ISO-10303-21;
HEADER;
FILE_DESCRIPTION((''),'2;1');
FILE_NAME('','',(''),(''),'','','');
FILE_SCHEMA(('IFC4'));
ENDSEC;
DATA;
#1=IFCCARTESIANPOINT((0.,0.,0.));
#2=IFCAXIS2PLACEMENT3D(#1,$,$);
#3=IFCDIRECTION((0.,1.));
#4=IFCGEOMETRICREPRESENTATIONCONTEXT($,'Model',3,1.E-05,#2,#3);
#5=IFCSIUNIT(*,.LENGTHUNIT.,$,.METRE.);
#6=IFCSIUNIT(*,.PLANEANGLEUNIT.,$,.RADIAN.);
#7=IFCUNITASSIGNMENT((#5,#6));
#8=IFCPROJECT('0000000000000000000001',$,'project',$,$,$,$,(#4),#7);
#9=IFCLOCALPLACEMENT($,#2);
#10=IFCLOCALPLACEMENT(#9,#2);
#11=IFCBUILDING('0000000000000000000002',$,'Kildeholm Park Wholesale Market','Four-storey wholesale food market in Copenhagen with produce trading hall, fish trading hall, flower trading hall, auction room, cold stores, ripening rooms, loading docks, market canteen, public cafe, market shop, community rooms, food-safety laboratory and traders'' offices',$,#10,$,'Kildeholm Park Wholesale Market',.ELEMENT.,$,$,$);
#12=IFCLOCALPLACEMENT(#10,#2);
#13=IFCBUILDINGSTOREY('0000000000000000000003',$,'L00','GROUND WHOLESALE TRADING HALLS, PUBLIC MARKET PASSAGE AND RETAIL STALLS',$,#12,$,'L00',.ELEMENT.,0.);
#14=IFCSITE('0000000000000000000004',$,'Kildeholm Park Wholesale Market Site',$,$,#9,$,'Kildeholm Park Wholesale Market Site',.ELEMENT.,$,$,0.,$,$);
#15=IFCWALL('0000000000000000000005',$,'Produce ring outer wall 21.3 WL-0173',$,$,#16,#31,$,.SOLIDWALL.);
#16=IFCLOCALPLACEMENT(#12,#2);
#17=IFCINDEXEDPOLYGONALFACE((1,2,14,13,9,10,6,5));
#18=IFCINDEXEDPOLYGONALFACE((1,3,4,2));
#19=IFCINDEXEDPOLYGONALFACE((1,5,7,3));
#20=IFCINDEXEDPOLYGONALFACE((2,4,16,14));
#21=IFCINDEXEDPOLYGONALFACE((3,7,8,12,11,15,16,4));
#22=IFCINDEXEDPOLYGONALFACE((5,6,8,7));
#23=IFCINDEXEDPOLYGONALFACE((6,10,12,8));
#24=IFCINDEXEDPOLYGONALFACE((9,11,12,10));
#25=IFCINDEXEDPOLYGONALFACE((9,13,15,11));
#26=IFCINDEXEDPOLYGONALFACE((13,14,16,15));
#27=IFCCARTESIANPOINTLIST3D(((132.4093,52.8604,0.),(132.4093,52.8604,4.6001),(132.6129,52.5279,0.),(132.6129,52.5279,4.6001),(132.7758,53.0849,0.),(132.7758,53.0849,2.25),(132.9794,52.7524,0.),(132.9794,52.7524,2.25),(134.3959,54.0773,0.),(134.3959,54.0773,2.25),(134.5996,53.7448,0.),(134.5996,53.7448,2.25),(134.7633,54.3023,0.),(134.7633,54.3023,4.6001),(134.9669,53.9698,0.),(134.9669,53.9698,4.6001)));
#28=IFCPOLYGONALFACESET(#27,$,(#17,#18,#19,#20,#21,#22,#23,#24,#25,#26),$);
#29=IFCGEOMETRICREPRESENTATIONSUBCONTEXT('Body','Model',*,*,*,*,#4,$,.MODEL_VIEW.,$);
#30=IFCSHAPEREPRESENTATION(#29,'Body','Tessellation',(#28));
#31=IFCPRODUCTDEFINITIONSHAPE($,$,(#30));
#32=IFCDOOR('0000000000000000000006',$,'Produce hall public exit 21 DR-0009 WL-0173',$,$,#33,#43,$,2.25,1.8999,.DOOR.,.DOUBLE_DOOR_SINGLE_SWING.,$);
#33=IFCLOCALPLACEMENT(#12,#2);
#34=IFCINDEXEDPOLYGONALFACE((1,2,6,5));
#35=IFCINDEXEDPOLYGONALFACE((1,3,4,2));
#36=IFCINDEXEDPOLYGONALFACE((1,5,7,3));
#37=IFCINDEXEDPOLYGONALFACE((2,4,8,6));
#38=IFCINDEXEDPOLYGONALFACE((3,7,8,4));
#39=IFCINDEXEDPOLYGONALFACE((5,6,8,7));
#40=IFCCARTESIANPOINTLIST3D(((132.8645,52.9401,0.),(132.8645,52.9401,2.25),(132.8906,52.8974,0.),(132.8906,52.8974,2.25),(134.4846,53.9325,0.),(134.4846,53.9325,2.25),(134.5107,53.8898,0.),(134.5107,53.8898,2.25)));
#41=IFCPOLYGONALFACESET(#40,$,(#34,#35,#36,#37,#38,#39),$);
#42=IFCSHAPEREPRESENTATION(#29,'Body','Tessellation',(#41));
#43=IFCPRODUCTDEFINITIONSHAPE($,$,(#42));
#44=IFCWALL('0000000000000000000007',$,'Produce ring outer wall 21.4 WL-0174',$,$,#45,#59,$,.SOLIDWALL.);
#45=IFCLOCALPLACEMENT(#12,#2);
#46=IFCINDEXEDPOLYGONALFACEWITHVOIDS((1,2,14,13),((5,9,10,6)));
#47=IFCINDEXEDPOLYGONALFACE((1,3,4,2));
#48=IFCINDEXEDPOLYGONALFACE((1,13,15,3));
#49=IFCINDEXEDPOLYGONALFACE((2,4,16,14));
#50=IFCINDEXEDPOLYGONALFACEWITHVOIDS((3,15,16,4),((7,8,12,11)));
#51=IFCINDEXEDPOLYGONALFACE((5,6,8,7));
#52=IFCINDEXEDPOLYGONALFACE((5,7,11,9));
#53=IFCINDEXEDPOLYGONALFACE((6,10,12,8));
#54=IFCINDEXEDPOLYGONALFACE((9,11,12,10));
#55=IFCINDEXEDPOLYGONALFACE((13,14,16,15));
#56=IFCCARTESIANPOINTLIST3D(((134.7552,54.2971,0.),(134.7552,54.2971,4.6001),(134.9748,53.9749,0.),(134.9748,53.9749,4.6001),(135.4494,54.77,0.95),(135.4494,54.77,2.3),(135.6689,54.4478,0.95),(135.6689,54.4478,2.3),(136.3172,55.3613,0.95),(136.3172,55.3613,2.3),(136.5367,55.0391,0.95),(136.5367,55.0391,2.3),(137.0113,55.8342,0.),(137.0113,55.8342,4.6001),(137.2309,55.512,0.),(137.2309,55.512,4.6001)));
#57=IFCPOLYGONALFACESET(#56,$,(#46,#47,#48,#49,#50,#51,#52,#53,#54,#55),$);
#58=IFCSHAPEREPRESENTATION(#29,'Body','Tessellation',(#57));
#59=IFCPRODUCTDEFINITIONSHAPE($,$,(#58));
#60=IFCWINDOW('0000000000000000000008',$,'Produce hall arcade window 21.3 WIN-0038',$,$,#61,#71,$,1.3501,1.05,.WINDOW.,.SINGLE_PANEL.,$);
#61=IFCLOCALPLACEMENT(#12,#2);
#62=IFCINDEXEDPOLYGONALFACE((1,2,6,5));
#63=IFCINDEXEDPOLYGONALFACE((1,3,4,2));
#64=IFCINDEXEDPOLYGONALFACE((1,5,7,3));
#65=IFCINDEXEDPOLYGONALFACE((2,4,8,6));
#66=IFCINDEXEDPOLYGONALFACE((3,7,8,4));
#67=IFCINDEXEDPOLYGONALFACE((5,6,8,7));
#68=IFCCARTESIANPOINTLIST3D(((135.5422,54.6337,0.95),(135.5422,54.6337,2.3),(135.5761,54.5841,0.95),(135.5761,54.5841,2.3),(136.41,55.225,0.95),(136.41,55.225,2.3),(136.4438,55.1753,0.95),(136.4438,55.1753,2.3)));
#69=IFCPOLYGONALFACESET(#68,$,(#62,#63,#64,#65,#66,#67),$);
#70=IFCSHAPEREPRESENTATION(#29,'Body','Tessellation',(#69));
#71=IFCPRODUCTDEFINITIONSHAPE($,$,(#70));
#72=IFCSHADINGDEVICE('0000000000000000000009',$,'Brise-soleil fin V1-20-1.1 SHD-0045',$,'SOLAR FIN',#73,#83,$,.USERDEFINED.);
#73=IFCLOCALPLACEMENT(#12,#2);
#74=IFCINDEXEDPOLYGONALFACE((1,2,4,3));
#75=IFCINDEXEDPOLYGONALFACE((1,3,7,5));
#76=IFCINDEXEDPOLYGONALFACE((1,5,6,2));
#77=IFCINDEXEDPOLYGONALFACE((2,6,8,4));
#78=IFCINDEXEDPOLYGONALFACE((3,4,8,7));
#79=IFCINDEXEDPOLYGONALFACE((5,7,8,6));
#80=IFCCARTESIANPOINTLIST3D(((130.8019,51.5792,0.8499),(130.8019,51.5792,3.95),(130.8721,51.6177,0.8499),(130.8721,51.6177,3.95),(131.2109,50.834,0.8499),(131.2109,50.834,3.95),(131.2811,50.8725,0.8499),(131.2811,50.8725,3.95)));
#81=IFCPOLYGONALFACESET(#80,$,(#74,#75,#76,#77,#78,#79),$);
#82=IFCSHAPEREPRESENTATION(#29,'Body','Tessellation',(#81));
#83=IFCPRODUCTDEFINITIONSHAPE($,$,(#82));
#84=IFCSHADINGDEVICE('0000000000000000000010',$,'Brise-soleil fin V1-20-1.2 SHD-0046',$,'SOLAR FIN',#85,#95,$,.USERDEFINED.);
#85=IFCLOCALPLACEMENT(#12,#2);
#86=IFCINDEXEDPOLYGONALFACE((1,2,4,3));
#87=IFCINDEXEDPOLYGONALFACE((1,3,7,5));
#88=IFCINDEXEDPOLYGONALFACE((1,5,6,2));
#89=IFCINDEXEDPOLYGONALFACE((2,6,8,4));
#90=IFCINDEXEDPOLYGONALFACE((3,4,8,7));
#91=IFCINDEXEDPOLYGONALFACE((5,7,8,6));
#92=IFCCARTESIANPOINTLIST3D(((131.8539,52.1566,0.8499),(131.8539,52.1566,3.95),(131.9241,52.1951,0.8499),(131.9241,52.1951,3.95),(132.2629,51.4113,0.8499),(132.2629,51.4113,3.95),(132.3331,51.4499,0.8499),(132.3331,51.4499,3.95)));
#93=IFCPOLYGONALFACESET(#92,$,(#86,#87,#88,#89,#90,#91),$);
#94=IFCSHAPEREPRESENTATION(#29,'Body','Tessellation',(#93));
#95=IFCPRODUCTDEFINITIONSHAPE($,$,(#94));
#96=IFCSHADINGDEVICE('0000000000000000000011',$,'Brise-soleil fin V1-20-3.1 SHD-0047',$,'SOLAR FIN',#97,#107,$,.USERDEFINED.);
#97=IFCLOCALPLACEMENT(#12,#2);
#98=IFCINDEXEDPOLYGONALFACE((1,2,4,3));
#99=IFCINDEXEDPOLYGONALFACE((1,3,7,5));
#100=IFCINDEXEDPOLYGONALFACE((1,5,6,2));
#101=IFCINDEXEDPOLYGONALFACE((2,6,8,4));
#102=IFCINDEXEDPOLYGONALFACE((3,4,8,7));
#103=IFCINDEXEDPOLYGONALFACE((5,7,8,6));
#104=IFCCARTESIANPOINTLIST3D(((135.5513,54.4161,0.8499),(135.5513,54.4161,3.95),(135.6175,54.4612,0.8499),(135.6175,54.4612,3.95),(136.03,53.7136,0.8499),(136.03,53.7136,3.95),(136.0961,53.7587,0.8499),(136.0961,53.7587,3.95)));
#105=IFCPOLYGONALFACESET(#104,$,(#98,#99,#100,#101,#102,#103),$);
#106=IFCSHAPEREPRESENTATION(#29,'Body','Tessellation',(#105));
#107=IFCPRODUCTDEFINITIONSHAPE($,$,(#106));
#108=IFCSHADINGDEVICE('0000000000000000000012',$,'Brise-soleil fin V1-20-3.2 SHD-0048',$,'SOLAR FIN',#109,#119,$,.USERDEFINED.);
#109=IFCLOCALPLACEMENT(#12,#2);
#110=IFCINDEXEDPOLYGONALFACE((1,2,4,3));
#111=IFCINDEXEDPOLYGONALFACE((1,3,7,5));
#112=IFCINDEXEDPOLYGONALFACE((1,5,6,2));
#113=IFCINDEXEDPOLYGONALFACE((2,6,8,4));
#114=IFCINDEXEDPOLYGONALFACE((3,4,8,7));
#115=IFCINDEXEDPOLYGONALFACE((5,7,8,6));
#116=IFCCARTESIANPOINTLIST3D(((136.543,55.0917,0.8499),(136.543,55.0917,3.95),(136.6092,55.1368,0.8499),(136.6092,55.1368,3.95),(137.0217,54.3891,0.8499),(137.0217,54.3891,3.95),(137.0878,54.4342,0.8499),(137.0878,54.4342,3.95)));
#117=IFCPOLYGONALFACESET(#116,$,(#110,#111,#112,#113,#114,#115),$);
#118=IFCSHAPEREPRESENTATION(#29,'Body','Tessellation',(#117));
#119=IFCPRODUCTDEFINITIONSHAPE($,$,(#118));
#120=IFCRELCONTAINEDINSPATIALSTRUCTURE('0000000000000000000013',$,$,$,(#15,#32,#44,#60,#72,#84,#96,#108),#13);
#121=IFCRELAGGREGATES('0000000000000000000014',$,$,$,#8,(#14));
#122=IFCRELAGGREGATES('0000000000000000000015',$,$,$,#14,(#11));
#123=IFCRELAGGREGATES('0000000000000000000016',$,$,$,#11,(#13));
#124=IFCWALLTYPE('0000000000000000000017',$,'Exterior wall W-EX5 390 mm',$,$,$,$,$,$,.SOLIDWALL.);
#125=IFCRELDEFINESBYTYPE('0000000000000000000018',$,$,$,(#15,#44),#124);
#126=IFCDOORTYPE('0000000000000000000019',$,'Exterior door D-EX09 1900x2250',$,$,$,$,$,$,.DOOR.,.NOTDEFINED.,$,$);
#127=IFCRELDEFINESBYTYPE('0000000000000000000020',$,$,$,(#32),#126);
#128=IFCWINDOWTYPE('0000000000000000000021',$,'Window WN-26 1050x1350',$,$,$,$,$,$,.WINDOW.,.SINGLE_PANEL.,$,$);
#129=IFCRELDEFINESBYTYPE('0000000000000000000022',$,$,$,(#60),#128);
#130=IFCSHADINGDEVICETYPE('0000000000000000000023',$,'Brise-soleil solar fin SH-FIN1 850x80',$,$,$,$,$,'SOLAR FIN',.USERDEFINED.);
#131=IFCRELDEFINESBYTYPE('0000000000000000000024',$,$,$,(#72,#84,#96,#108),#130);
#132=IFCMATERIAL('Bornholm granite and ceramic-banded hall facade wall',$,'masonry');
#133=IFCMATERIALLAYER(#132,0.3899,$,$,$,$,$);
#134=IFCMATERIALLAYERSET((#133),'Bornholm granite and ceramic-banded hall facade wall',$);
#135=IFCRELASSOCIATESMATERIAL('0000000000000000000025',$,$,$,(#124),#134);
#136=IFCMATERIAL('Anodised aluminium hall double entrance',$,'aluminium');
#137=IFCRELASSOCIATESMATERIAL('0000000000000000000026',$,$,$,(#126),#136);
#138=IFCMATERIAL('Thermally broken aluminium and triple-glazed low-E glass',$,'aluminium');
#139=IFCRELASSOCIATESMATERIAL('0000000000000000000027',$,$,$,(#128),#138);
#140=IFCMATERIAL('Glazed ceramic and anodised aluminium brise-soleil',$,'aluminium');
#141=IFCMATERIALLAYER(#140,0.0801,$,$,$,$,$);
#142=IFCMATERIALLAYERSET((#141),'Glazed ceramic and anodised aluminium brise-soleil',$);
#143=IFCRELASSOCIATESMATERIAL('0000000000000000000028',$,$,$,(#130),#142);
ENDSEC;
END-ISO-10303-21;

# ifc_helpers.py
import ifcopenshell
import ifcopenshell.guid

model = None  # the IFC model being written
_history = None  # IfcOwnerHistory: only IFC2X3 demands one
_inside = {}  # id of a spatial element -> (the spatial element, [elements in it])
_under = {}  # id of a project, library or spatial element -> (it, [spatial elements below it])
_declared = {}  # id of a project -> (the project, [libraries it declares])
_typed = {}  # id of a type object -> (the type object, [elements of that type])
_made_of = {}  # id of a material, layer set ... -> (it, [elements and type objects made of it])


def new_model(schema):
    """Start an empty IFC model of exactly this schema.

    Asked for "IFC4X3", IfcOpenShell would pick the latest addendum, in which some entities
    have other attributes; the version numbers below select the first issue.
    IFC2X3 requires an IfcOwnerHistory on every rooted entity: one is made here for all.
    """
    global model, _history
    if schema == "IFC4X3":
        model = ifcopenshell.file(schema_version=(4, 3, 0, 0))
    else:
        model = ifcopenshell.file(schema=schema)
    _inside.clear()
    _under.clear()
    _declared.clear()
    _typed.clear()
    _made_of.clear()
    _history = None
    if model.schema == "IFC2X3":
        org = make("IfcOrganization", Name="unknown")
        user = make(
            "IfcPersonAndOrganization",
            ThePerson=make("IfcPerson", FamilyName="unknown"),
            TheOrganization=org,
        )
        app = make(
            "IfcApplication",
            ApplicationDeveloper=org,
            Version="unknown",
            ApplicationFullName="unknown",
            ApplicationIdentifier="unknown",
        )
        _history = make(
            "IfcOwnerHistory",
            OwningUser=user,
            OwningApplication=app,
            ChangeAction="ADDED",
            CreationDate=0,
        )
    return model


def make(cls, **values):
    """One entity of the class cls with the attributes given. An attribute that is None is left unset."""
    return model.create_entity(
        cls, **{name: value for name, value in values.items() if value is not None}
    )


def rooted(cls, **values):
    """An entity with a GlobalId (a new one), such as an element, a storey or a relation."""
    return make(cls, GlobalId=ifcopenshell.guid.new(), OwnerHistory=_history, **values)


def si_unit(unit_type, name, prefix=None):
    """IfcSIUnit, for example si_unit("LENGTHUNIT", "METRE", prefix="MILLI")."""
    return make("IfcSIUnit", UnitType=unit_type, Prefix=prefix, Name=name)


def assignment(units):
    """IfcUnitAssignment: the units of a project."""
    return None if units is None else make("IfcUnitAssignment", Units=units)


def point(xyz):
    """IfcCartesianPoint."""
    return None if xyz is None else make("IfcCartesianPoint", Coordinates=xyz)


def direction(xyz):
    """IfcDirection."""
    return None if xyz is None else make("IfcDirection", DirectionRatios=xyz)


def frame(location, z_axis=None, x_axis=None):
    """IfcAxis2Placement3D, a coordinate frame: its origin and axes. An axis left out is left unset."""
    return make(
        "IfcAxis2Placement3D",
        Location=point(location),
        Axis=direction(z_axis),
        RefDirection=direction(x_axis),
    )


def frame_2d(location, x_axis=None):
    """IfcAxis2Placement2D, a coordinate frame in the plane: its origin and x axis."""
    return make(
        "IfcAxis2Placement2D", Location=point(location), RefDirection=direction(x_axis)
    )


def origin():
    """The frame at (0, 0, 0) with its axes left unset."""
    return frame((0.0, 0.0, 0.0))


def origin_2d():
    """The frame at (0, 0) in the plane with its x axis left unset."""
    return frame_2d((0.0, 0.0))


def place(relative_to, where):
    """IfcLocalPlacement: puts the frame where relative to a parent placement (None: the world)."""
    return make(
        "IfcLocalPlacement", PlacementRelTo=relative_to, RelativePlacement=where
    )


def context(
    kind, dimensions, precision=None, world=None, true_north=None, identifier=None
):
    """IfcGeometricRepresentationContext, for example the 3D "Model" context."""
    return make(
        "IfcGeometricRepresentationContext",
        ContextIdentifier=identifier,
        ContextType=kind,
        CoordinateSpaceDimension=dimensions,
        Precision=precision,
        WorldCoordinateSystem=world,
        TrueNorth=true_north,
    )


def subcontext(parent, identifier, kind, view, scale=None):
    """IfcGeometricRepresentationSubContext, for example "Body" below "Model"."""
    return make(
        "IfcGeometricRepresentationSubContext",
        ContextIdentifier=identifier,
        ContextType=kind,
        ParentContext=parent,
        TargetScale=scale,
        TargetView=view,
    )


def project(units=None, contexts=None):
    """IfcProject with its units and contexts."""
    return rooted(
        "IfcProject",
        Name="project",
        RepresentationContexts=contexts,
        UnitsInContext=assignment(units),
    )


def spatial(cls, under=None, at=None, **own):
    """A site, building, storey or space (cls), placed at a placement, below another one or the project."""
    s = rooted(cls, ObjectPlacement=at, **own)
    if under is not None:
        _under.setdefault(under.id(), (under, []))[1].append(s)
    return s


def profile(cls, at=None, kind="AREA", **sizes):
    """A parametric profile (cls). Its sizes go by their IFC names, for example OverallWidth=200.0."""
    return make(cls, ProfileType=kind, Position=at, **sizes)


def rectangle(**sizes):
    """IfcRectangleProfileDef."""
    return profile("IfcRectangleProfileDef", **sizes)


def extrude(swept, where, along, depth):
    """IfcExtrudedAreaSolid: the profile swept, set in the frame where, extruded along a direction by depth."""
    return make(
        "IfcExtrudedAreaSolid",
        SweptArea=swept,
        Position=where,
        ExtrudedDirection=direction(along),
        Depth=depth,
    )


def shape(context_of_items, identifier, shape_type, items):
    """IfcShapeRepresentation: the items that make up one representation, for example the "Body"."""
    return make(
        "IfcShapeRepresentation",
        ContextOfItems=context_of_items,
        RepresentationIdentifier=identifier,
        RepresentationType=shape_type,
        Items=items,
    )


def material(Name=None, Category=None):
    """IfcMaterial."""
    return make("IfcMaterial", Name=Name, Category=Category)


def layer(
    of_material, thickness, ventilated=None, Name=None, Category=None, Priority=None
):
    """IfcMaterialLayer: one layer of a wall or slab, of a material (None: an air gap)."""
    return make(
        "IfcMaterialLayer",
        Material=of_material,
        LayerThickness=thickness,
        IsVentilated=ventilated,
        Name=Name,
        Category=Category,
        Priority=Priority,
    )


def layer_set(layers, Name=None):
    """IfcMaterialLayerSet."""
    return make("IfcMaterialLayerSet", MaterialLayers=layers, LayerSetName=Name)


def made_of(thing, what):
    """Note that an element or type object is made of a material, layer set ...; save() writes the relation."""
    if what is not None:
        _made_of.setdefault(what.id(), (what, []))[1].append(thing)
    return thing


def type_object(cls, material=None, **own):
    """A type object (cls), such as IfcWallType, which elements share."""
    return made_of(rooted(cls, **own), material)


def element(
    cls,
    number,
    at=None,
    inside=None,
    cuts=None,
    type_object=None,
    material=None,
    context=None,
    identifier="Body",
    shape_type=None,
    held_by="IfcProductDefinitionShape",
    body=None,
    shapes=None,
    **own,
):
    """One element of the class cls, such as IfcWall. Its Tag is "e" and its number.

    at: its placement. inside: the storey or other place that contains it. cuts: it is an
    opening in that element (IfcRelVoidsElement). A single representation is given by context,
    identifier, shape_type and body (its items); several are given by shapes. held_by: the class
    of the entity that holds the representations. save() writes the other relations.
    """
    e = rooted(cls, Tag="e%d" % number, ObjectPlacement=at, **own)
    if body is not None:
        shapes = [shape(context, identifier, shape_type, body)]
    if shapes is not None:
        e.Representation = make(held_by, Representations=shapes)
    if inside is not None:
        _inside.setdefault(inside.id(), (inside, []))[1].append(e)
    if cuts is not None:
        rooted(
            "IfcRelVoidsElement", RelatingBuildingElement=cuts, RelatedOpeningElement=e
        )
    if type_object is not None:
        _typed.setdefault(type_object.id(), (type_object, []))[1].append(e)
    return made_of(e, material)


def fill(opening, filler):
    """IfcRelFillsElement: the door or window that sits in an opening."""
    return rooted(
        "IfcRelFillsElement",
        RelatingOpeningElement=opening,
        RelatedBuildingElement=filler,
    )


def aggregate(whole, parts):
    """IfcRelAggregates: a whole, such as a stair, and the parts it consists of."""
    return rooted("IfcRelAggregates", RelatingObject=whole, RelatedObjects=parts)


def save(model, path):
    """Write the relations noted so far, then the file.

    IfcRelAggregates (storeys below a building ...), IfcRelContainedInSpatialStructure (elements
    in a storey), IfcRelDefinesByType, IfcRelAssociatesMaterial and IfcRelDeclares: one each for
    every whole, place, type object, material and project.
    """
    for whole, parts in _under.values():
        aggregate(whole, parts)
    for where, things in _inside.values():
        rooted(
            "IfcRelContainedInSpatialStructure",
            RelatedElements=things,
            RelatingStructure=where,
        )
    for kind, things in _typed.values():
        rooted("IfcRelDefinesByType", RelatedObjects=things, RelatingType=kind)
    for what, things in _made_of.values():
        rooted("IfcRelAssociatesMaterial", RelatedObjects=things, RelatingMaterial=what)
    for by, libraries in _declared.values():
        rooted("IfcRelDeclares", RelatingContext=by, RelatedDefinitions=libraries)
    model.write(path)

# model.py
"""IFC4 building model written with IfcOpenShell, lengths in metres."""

from ifc_helpers import new_model, si_unit, direction, frame, frame_2d, origin, origin_2d, place, context, subcontext, project, spatial, rectangle, extrude, material, layer, layer_set, type_object, element, fill, save


model = new_model("IFC4")

# Units and contexts
model_context = context("Model", 3, precision=1e-05, world=origin(), true_north=direction((0.0, 1.0)))
body_context = subcontext(model_context, "Body", "Model", "MODEL_VIEW")
ifc_project = project(units=[si_unit("LENGTHUNIT", "METRE"), si_unit("PLANEANGLEUNIT", "RADIAN")], contexts=[model_context])

# Site, building, storey
site_placement = place(None, origin())
site = spatial("IfcSite", under=ifc_project, at=site_placement, Name="Kildeholm Park Wholesale Market Site", LongName="Kildeholm Park Wholesale Market Site", CompositionType="ELEMENT", RefElevation=0.0)
building_placement = place(site_placement, origin())
building = spatial("IfcBuilding", under=site, at=building_placement, Name="Kildeholm Park Wholesale Market", Description="Four-storey wholesale food market in Copenhagen with produce trading hall, fish trading hall, flower trading hall, auction room, cold stores, ripening rooms, loading docks, market canteen, public cafe, market shop, community rooms, food-safety laboratory and traders' offices", LongName="Kildeholm Park Wholesale Market", CompositionType="ELEMENT")
storey_placement = place(building_placement, origin())
storey = spatial("IfcBuildingStorey", under=building, at=storey_placement, Name="L00", Description="GROUND WHOLESALE TRADING HALLS, PUBLIC MARKET PASSAGE AND RETAIL STALLS", LongName="L00", CompositionType="ELEMENT", Elevation=0.0)

# Wall, opening, door
ifc_material_1 = material(Name="Bornholm granite and ceramic-banded hall facade wall", Category="masonry")
ifc_layer_1 = layer(ifc_material_1, 0.3899)
ifc_layer_set_1 = layer_set([ifc_layer_1], Name="Bornholm granite and ceramic-banded hall facade wall")
wall_type = type_object("IfcWallType", Name="Exterior wall W-EX5 390 mm", PredefinedType="SOLIDWALL", material=ifc_layer_set_1)
wall_1_placement = place(storey_placement, frame((132.511, 52.6941, 0.0), z_axis=(0.0, 0.0, 1.0), x_axis=(0.852744, 0.52233, 0.0)))
wall_1 = element("IfcWall", 1, at=wall_1_placement, inside=storey, type_object=wall_type, Name="Produce ring outer wall 21.3 WL-0173", PredefinedType="SOLIDWALL", context=body_context, shape_type="SweptSolid", body=[
    extrude(rectangle(XDim=2.7605, YDim=0.3899, at=frame_2d((1.3804, 0.0))), origin(), (0.0, 0.0, 1.0), 4.6001),
])
opening_1_placement = place(wall_1_placement, frame((0.4299, 0.0, 0.0)))
opening_1 = element("IfcOpeningElement", 2, at=opening_1_placement, cuts=wall_1, PredefinedType="OPENING", context=body_context, shape_type="SweptSolid", body=[
    extrude(rectangle(XDim=1.8999, YDim=2.25, at=frame_2d((0.95, 1.125))), frame((0.0, 0.2048, 0.0), z_axis=(0.0, -1.0, 0.0), x_axis=(1.0, 0.0, 0.0)), (0.0, 0.0, 1.0), 0.4099),
])
ifc_material_2 = material(Name="Anodised aluminium hall double entrance", Category="aluminium")
door_type = type_object("IfcDoorType", Name="Exterior door D-EX09 1900x2250", OperationType="NOTDEFINED", PredefinedType="DOOR", material=ifc_material_2)
door_placement = place(opening_1_placement, frame((1.8999, 0.0, 0.0), z_axis=(0.0, 0.0, 1.0), x_axis=(-1.0, 0.0, 0.0)))
door = element("IfcDoor", 3, at=door_placement, inside=storey, type_object=door_type, Name="Produce hall public exit 21 DR-0009 WL-0173", OperationType="DOUBLE_DOOR_SINGLE_SWING", OverallHeight=2.25, OverallWidth=1.8999, PredefinedType="DOOR", context=body_context, shape_type="SweptSolid", body=[
    extrude(rectangle(XDim=1.8999, YDim=2.25, at=frame_2d((0.95, 1.125))), frame((0.0, 0.0249, 0.0), z_axis=(0.0, -1.0, 0.0), x_axis=(1.0, 0.0, 0.0)), (0.0, 0.0, 1.0), 0.05),
])
fill(opening_1, door)

# Wall, opening, window
wall_2_placement = place(storey_placement, frame((134.865, 54.136, 0.0), z_axis=(0.0, 0.0, 1.0), x_axis=(0.826422, 0.563051, 0.0)))
wall_2 = element("IfcWall", 4, at=wall_2_placement, inside=storey, type_object=wall_type, Name="Produce ring outer wall 21.4 WL-0174", PredefinedType="SOLIDWALL", context=body_context, shape_type="SweptSolid", body=[
    extrude(rectangle(XDim=2.73, YDim=0.3899, at=frame_2d((1.365, 0.0))), origin(), (0.0, 0.0, 1.0), 4.6001),
])
opening_2_placement = place(wall_2_placement, frame((0.8401, 0.0, 0.95)))
opening_2 = element("IfcOpeningElement", 5, at=opening_2_placement, cuts=wall_2, PredefinedType="OPENING", context=body_context, shape_type="SweptSolid", body=[
    extrude(rectangle(XDim=1.05, YDim=1.3501, at=frame_2d((0.5249, 0.675))), frame((0.0, 0.2048, 0.0), z_axis=(0.0, -1.0, 0.0), x_axis=(1.0, 0.0, 0.0)), (0.0, 0.0, 1.0), 0.4099),
])
ifc_material_3 = material(Name="Thermally broken aluminium and triple-glazed low-E glass", Category="aluminium")
window_type = type_object("IfcWindowType", Name="Window WN-26 1050x1350", PartitioningType="SINGLE_PANEL", PredefinedType="WINDOW", material=ifc_material_3)
window_placement = place(opening_2_placement, origin())
window = element("IfcWindow", 6, at=window_placement, inside=storey, type_object=window_type, Name="Produce hall arcade window 21.3 WIN-0038", OverallHeight=1.3501, OverallWidth=1.05, PartitioningType="SINGLE_PANEL", PredefinedType="WINDOW", context=body_context, shape_type="SweptSolid", body=[
    extrude(rectangle(XDim=1.05, YDim=1.3501, at=frame_2d((0.5249, 0.675))), frame((0.0, 0.03, 0.0), z_axis=(0.0, -1.0, 0.0), x_axis=(1.0, 0.0, 0.0)), (0.0, 0.0, 1.0), 0.0601),
])
fill(opening_2, window)

# Shading devices
ifc_material_4 = material(Name="Glazed ceramic and anodised aluminium brise-soleil", Category="aluminium")
ifc_layer_2 = layer(ifc_material_4, 0.0801)
ifc_layer_set_2 = layer_set([ifc_layer_2], Name="Glazed ceramic and anodised aluminium brise-soleil")
shading_device_type = type_object("IfcShadingDeviceType", Name="Brise-soleil solar fin SH-FIN1 850x80", ElementType="SOLAR FIN", PredefinedType="USERDEFINED", material=ifc_layer_set_2)
for number, where, z_axis, x_axis, name in (
    (7, (131.0415, 51.2258, 0.8499), (0.0, 0.0, 1.0), (0.481157, -0.876634, 0.0), "Brise-soleil fin V1-20-1.1 SHD-0045"),
    (8, (132.0935, 51.8032, 0.8499), (0.0, 0.0, 1.0), (0.481157, -0.876634, 0.0), "Brise-soleil fin V1-20-1.2 SHD-0046"),
    (9, (135.8237, 54.0874, 0.8499), (0.0, 0.0, 1.0), (0.563036, -0.826433, 0.0), "Brise-soleil fin V1-20-3.1 SHD-0047"),
    (10, (136.8154, 54.7629, 0.8499), (0.0, 0.0, 1.0), (0.563036, -0.826433, 0.0), "Brise-soleil fin V1-20-3.2 SHD-0048"),
):
    element("IfcShadingDevice", number, at=place(storey_placement, frame(where, z_axis=z_axis, x_axis=x_axis)), inside=storey, type_object=shading_device_type, Name=name, ObjectType="SOLAR FIN", PredefinedType="USERDEFINED", context=body_context, shape_type="SweptSolid", body=[
        extrude(rectangle(XDim=0.8501, YDim=0.0801, at=origin_2d()), origin(), (0.0, 0.0, 1.0), 3.1001),
    ])

save(model, "model.ifc")
